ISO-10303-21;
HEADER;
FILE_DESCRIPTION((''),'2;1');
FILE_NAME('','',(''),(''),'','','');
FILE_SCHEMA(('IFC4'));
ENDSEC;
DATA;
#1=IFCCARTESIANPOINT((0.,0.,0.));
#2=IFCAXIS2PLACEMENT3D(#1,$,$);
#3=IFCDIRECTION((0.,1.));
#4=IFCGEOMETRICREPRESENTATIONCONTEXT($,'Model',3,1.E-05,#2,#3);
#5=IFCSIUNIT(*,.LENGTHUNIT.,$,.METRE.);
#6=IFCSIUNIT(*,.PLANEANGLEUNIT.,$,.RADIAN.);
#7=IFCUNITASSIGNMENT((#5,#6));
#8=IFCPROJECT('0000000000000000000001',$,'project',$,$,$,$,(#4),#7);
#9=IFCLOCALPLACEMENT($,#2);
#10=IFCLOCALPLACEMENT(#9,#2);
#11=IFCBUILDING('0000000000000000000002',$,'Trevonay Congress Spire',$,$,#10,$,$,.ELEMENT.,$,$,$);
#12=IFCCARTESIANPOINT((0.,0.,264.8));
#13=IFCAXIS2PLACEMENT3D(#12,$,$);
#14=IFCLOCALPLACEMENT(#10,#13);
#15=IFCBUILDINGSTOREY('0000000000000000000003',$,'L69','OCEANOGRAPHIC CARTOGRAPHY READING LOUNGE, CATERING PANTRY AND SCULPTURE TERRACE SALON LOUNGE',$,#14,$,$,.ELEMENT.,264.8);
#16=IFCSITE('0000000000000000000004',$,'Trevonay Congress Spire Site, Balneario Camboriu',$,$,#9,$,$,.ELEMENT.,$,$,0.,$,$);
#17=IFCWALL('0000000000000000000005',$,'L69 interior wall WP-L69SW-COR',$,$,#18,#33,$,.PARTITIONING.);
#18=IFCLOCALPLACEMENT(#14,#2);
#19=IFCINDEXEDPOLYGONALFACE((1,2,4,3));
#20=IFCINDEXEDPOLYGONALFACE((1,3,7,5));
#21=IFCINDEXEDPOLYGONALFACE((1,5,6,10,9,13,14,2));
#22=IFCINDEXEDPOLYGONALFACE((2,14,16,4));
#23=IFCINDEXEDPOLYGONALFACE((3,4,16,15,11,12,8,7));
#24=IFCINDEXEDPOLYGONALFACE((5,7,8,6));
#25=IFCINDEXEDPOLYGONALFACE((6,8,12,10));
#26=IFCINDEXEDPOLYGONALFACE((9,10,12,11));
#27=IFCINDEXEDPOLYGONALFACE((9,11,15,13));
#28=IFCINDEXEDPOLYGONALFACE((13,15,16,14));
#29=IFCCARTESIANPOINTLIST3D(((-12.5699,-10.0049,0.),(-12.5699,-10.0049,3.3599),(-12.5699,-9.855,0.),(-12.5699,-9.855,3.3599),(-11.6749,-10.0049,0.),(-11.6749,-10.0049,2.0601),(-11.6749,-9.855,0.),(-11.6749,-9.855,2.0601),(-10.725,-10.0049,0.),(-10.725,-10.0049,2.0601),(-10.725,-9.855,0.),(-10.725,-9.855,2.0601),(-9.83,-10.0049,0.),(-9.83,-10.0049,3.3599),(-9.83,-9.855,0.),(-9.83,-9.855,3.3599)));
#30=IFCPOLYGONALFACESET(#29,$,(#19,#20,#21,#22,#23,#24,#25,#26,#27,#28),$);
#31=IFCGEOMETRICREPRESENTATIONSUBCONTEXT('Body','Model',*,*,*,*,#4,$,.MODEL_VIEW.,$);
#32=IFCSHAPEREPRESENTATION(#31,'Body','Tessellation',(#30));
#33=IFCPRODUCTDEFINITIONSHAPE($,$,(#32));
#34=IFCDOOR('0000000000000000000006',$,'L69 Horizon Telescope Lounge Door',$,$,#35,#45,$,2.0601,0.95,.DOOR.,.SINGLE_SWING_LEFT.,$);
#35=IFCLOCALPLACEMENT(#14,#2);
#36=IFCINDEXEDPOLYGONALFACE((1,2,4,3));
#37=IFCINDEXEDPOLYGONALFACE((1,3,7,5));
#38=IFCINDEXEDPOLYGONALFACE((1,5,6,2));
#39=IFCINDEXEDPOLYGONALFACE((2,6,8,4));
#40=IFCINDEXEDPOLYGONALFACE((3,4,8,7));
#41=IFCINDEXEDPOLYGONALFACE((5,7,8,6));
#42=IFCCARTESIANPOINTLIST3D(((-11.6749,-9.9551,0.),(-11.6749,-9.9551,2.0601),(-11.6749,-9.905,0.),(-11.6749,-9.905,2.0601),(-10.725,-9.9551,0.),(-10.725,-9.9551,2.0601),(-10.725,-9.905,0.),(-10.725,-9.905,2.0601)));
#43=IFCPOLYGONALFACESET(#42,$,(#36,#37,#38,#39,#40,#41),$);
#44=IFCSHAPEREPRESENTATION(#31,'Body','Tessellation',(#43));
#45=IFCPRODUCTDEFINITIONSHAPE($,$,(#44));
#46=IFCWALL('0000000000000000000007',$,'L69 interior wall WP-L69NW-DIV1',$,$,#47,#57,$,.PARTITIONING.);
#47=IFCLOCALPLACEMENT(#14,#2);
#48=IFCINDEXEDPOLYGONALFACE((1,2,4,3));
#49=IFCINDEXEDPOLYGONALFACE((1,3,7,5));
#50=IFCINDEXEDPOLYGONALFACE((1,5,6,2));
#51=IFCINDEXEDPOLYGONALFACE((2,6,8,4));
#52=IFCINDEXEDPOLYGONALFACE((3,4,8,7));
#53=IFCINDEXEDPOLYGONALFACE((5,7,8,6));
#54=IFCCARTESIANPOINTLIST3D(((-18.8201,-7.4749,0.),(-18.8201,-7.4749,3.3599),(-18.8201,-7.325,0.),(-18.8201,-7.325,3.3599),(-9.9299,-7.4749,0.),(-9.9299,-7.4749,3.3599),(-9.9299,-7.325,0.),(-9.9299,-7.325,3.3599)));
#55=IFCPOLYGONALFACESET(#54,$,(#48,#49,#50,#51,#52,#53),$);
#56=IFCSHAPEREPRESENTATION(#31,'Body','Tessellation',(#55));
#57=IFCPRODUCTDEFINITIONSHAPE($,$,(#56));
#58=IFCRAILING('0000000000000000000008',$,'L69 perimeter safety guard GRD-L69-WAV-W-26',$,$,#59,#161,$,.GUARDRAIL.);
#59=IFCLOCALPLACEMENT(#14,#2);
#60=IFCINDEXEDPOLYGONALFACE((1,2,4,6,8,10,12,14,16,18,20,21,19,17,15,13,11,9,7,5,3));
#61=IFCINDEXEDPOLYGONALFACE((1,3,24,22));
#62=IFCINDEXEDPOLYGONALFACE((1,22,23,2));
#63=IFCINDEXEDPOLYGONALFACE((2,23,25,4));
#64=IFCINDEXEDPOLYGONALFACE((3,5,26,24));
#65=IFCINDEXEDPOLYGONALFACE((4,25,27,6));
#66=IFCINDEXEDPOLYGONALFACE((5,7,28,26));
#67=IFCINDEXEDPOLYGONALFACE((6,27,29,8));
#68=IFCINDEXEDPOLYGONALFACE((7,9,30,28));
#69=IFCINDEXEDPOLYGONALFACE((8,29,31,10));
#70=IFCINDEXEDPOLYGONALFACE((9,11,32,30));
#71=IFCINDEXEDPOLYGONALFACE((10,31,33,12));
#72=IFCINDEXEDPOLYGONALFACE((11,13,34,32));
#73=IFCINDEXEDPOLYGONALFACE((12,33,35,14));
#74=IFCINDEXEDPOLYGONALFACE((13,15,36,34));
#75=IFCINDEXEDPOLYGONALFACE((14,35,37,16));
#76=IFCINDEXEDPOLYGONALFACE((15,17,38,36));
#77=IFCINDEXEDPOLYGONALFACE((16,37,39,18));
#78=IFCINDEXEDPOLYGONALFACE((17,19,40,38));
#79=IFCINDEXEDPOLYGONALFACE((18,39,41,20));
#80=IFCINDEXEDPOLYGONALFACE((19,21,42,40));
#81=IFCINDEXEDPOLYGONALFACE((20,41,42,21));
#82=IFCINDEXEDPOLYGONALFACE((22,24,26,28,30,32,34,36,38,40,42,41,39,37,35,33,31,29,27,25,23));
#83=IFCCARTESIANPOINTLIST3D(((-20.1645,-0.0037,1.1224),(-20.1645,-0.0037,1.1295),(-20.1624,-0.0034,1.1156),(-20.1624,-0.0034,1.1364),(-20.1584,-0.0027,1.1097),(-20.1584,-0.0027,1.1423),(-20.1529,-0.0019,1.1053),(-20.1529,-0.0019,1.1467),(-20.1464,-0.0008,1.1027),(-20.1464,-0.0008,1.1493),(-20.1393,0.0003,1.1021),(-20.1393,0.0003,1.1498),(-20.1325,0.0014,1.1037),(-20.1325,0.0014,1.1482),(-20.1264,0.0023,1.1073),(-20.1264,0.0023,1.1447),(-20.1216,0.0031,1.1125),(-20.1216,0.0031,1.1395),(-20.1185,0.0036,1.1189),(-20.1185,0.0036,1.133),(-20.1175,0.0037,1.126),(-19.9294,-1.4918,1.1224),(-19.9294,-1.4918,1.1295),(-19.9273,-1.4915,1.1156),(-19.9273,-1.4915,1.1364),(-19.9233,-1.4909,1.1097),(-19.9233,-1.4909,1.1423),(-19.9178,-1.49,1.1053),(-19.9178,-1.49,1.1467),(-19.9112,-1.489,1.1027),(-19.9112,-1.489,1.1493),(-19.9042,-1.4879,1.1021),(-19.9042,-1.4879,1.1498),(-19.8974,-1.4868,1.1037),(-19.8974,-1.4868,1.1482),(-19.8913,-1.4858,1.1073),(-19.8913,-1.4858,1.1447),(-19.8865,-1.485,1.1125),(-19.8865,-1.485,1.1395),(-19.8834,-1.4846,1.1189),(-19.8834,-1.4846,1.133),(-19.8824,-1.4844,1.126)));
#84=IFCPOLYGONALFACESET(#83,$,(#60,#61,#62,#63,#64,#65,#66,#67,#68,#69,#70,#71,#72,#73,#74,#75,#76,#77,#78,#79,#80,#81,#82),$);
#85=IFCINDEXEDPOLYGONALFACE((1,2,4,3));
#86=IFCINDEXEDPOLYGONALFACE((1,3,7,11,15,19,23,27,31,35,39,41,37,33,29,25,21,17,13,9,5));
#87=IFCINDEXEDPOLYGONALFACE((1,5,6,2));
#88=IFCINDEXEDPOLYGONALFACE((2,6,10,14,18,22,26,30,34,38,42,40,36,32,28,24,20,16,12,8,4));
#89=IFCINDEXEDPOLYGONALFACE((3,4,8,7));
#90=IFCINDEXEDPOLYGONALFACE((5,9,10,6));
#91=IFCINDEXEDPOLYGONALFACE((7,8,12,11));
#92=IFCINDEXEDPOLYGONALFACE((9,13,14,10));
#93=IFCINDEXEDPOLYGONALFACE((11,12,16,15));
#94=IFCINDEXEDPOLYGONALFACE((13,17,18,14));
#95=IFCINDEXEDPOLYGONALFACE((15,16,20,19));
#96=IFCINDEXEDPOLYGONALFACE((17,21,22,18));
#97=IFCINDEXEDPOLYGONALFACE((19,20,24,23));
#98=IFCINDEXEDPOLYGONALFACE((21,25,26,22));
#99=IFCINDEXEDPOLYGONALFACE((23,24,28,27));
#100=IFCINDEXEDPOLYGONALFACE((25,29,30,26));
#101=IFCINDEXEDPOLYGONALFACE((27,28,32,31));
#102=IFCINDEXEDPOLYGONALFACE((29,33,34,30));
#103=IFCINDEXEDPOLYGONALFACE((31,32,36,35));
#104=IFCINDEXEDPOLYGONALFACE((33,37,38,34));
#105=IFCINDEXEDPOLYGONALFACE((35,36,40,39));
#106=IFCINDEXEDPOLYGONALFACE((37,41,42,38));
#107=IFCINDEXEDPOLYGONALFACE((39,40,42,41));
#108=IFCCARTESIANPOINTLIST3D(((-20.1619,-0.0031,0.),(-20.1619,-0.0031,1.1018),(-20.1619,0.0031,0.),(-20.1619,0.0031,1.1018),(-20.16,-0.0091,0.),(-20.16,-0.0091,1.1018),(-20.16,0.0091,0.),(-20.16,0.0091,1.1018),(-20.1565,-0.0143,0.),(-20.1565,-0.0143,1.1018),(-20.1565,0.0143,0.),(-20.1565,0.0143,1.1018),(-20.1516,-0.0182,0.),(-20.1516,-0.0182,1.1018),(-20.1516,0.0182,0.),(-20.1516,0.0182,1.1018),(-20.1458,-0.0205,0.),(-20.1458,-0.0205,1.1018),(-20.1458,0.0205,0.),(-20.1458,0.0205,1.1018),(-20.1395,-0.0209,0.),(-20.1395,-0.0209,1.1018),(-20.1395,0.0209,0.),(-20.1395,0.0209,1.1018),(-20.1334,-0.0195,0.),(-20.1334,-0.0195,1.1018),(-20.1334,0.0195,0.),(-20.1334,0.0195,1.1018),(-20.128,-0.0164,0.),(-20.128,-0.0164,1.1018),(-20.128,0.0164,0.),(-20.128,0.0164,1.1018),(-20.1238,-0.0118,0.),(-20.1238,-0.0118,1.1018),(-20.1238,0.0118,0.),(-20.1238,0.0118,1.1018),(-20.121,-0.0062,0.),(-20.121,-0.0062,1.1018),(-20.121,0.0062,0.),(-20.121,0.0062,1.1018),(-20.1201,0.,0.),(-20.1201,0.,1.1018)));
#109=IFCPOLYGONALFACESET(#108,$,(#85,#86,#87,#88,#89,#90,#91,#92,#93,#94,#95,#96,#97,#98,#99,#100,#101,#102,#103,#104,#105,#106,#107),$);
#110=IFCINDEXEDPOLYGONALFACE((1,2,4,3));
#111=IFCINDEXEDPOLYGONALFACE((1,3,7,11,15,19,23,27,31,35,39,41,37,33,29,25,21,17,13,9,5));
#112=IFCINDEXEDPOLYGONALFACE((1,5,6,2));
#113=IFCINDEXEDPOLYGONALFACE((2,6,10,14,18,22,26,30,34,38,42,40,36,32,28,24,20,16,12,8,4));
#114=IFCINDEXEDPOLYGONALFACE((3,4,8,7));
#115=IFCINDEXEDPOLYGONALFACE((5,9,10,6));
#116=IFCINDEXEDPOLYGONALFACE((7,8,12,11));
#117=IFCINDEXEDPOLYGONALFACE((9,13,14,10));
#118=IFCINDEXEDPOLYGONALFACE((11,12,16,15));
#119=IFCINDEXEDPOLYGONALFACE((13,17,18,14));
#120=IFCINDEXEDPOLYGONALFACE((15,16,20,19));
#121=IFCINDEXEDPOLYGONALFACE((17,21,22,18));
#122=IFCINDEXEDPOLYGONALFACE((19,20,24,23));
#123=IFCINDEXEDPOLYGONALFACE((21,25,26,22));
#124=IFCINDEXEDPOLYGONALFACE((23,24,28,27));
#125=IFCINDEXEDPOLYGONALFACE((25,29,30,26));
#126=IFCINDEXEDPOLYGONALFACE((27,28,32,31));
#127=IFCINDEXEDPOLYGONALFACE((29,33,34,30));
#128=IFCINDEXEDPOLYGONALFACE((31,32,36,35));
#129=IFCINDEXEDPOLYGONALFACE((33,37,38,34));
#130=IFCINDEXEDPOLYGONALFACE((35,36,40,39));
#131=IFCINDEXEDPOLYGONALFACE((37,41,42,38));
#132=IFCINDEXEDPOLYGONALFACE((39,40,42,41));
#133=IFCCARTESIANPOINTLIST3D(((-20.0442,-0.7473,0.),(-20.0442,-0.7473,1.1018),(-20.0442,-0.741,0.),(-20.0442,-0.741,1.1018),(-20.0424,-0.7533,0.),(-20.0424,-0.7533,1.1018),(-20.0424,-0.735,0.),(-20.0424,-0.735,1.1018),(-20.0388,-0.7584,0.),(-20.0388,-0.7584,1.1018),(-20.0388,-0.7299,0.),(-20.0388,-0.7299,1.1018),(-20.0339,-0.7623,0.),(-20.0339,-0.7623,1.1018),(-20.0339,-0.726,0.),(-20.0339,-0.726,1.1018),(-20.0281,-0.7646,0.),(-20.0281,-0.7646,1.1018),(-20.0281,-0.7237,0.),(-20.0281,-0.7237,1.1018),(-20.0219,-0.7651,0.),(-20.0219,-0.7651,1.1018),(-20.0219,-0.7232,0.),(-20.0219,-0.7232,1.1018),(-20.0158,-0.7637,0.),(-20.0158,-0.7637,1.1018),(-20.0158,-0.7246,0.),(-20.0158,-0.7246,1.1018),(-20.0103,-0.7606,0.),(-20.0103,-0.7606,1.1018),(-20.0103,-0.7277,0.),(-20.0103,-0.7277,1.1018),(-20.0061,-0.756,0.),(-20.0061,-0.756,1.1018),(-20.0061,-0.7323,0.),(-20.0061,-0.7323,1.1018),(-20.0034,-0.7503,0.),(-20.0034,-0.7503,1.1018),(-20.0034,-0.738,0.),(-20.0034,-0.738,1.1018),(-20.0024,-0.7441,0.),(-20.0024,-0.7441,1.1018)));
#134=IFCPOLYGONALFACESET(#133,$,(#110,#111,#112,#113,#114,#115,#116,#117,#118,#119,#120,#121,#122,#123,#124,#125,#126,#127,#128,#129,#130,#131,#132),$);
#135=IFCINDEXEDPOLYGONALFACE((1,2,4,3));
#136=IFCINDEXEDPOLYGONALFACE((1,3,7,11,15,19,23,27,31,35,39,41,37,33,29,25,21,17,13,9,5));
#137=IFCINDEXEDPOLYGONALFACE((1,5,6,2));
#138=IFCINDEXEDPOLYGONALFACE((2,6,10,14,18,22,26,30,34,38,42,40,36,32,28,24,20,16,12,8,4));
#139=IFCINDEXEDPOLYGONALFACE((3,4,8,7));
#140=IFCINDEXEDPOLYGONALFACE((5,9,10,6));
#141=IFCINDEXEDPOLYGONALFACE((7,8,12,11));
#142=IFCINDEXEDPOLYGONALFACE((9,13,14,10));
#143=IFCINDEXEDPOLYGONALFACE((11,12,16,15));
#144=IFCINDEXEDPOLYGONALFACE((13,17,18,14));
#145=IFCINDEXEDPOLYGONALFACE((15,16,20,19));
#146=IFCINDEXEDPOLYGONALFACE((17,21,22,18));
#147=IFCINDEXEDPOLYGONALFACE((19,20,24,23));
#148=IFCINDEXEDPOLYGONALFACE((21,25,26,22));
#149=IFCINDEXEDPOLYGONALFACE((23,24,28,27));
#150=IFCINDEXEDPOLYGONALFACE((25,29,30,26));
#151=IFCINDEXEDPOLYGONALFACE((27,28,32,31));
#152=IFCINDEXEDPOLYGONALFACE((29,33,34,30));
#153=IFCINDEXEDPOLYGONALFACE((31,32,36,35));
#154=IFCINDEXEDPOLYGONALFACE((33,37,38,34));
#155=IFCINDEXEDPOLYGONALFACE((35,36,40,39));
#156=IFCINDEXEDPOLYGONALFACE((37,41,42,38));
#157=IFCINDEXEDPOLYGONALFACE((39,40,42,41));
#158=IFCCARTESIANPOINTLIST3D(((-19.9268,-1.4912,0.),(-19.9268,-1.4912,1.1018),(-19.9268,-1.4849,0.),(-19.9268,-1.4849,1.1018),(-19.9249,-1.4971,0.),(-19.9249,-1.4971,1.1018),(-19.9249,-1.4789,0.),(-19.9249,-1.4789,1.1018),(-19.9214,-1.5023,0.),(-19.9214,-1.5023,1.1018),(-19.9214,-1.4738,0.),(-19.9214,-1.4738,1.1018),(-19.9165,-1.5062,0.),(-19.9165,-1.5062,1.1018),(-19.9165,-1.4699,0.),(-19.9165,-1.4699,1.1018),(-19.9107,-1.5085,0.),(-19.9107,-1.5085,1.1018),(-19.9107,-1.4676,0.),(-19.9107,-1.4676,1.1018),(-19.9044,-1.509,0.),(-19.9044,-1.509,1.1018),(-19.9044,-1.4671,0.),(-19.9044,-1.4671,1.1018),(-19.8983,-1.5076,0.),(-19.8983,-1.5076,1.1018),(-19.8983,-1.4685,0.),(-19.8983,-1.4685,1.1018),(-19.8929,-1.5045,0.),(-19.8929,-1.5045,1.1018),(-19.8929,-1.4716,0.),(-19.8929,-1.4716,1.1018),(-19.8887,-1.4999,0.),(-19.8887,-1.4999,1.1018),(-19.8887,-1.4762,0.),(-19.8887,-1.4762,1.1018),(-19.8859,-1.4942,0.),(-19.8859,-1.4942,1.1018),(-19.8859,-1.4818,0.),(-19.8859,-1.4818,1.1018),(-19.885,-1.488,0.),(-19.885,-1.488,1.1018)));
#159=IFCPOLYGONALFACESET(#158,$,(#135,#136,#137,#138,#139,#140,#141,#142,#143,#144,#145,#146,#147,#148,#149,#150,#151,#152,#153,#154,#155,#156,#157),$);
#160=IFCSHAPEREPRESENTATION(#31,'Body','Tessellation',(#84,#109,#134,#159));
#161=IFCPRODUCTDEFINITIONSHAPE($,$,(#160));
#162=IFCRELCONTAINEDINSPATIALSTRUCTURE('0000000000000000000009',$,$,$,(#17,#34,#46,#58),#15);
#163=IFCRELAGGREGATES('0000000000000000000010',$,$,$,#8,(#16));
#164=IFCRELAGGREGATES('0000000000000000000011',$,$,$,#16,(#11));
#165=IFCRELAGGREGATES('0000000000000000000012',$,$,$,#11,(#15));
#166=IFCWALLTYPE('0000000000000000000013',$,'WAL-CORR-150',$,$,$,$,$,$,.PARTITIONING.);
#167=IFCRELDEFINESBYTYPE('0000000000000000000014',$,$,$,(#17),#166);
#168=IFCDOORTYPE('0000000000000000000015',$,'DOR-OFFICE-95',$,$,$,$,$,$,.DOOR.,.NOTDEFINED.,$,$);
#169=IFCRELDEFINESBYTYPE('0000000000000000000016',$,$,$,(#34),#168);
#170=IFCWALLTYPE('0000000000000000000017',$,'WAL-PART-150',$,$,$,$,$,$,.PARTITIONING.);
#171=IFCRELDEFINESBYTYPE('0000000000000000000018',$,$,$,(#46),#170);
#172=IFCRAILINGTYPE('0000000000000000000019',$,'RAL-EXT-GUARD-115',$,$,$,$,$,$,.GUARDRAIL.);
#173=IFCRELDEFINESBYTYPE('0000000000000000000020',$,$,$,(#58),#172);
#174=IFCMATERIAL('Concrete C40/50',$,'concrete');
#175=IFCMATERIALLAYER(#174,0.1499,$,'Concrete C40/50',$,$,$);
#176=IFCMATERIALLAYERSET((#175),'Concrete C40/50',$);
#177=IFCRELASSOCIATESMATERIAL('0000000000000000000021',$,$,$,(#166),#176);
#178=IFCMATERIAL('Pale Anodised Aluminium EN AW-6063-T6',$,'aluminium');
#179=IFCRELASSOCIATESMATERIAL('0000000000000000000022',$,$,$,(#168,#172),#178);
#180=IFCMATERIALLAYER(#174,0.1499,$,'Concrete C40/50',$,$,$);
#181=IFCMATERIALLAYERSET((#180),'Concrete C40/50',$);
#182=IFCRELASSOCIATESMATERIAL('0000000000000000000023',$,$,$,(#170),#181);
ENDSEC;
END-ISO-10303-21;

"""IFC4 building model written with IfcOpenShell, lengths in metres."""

from ifc_helpers import new_model, si_unit, direction, frame, frame_2d, origin, origin_2d, place, context, subcontext, project, spatial, rectangle, circle, extrude, material, layer, layer_set, type_object, element, fill, save


model = new_model("IFC4")

# Units and contexts
model_context = context("Model", 3, precision=1e-05, world=origin(), true_north=direction((0.0, 1.0)))
body_context = subcontext(model_context, "Body", "Model", "MODEL_VIEW")
ifc_project = project(units=[si_unit("LENGTHUNIT", "METRE"), si_unit("PLANEANGLEUNIT", "RADIAN")], contexts=[model_context])

# Site, building, storey
site_placement = place(None, origin())
site = spatial("IfcSite", under=ifc_project, at=site_placement, Name="Trevonay Congress Spire Site, Balneario Camboriu", CompositionType="ELEMENT", RefElevation=0.0)
building_placement = place(site_placement, origin())
building = spatial("IfcBuilding", under=site, at=building_placement, Name="Trevonay Congress Spire", CompositionType="ELEMENT")
storey_placement = place(building_placement, frame((0.0, 0.0, 264.8)))
storey = spatial("IfcBuildingStorey", under=building, at=storey_placement, Name="L69", Description="OCEANOGRAPHIC CARTOGRAPHY READING LOUNGE, CATERING PANTRY AND SCULPTURE TERRACE SALON LOUNGE", CompositionType="ELEMENT", Elevation=264.8)

# Shared definitions
ifc_material_1 = material(Name="Pale Anodised Aluminium EN AW-6063-T6", Category="aluminium")

# Wall, opening, door
ifc_material_2 = material(Name="Concrete C40/50", Category="concrete")
ifc_layer_1 = layer(ifc_material_2, 0.1499, Name="Concrete C40/50")
ifc_layer_set_1 = layer_set([ifc_layer_1], Name="Concrete C40/50")
wall_type_1 = type_object("IfcWallType", Name="WAL-CORR-150", PredefinedType="PARTITIONING", material=ifc_layer_set_1)
wall_1_placement = place(storey_placement, frame((-12.5701, -9.9299, 0.0), z_axis=(0.0, 0.0, 1.0), x_axis=(1.0, 0.0, 0.0)))
wall_1 = element("IfcWall", 1, at=wall_1_placement, inside=storey, type_object=wall_type_1, Name="L69 interior wall WP-L69SW-COR", PredefinedType="PARTITIONING", context=body_context, shape_type="SweptSolid", body=[
    extrude(rectangle(XDim=2.74, YDim=0.1499, at=frame_2d((1.3701, 0.0))), origin(), (0.0, 0.0, 1.0), 3.3599),
])
opening_placement = place(wall_1_placement, frame((0.895, 0.0, 0.0)))
opening = element("IfcOpeningElement", 2, at=opening_placement, cuts=wall_1, PredefinedType="OPENING", context=body_context, shape_type="SweptSolid", body=[
    extrude(rectangle(XDim=0.95, YDim=2.0601, at=frame_2d((0.4751, 1.03))), frame((0.0, 0.085, 0.0), z_axis=(0.0, -1.0, 0.0), x_axis=(1.0, 0.0, 0.0)), (0.0, 0.0, 1.0), 0.1699),
])
door_type = type_object("IfcDoorType", Name="DOR-OFFICE-95", OperationType="NOTDEFINED", PredefinedType="DOOR", material=ifc_material_1)
door_placement = place(opening_placement, origin())
door = element("IfcDoor", 3, at=door_placement, inside=storey, type_object=door_type, Name="L69 Horizon Telescope Lounge Door", OperationType="SINGLE_SWING_LEFT", OverallHeight=2.0601, OverallWidth=0.95, PredefinedType="DOOR", context=body_context, shape_type="SweptSolid", body=[
    extrude(rectangle(XDim=0.95, YDim=2.0601, at=frame_2d((0.4751, 1.03))), frame((0.0, 0.0249, 0.0), z_axis=(0.0, -1.0, 0.0), x_axis=(1.0, 0.0, 0.0)), (0.0, 0.0, 1.0), 0.05),
])
fill(opening, door)

# Wall
ifc_layer_2 = layer(ifc_material_2, 0.1499, Name="Concrete C40/50")
ifc_layer_set_2 = layer_set([ifc_layer_2], Name="Concrete C40/50")
wall_type_2 = type_object("IfcWallType", Name="WAL-PART-150", PredefinedType="PARTITIONING", material=ifc_layer_set_2)
wall_2_placement = place(storey_placement, frame((-18.8201, -7.3999, 0.0), z_axis=(0.0, 0.0, 1.0), x_axis=(1.0, 0.0, 0.0)))
element("IfcWall", 4, at=wall_2_placement, inside=storey, type_object=wall_type_2, Name="L69 interior wall WP-L69NW-DIV1", PredefinedType="PARTITIONING", context=body_context, shape_type="SweptSolid", body=[
    extrude(rectangle(XDim=8.8901, YDim=0.1499, at=frame_2d((4.4451, 0.0))), origin(), (0.0, 0.0, 1.0), 3.3599),
])

# Railing
railing_type = type_object("IfcRailingType", Name="RAL-EXT-GUARD-115", PredefinedType="GUARDRAIL", material=ifc_material_1)
railing_1_placement = place(storey_placement, frame((-20.1411, 0.0, 0.0)))
element("IfcRailing", 5, at=railing_1_placement, inside=storey, type_object=railing_type, Name="L69 perimeter safety guard GRD-L69-WAV-W-26", PredefinedType="GUARDRAIL", context=body_context, shape_type="SweptSolid", body=[
    extrude(circle(Radius=0.0239, at=origin_2d()), frame((0.0, 0.0, 1.126), z_axis=(0.156062, -0.987747, 0.0), x_axis=(0.987747, 0.156062, 0.0)), (0.0, 0.0, 1.0), 1.5066),
    extrude(circle(Radius=0.021, at=origin_2d()), origin(), (0.0, 0.0, 1.0), 1.1018),
    extrude(circle(Radius=0.021, at=origin_2d()), frame((0.1177, -0.7441, 0.0)), (0.0, 0.0, 1.0), 1.1018),
    extrude(circle(Radius=0.021, at=origin_2d()), frame((0.2351, -1.488, 0.0)), (0.0, 0.0, 1.0), 1.1018),
])

save(model, "model.ifc")
